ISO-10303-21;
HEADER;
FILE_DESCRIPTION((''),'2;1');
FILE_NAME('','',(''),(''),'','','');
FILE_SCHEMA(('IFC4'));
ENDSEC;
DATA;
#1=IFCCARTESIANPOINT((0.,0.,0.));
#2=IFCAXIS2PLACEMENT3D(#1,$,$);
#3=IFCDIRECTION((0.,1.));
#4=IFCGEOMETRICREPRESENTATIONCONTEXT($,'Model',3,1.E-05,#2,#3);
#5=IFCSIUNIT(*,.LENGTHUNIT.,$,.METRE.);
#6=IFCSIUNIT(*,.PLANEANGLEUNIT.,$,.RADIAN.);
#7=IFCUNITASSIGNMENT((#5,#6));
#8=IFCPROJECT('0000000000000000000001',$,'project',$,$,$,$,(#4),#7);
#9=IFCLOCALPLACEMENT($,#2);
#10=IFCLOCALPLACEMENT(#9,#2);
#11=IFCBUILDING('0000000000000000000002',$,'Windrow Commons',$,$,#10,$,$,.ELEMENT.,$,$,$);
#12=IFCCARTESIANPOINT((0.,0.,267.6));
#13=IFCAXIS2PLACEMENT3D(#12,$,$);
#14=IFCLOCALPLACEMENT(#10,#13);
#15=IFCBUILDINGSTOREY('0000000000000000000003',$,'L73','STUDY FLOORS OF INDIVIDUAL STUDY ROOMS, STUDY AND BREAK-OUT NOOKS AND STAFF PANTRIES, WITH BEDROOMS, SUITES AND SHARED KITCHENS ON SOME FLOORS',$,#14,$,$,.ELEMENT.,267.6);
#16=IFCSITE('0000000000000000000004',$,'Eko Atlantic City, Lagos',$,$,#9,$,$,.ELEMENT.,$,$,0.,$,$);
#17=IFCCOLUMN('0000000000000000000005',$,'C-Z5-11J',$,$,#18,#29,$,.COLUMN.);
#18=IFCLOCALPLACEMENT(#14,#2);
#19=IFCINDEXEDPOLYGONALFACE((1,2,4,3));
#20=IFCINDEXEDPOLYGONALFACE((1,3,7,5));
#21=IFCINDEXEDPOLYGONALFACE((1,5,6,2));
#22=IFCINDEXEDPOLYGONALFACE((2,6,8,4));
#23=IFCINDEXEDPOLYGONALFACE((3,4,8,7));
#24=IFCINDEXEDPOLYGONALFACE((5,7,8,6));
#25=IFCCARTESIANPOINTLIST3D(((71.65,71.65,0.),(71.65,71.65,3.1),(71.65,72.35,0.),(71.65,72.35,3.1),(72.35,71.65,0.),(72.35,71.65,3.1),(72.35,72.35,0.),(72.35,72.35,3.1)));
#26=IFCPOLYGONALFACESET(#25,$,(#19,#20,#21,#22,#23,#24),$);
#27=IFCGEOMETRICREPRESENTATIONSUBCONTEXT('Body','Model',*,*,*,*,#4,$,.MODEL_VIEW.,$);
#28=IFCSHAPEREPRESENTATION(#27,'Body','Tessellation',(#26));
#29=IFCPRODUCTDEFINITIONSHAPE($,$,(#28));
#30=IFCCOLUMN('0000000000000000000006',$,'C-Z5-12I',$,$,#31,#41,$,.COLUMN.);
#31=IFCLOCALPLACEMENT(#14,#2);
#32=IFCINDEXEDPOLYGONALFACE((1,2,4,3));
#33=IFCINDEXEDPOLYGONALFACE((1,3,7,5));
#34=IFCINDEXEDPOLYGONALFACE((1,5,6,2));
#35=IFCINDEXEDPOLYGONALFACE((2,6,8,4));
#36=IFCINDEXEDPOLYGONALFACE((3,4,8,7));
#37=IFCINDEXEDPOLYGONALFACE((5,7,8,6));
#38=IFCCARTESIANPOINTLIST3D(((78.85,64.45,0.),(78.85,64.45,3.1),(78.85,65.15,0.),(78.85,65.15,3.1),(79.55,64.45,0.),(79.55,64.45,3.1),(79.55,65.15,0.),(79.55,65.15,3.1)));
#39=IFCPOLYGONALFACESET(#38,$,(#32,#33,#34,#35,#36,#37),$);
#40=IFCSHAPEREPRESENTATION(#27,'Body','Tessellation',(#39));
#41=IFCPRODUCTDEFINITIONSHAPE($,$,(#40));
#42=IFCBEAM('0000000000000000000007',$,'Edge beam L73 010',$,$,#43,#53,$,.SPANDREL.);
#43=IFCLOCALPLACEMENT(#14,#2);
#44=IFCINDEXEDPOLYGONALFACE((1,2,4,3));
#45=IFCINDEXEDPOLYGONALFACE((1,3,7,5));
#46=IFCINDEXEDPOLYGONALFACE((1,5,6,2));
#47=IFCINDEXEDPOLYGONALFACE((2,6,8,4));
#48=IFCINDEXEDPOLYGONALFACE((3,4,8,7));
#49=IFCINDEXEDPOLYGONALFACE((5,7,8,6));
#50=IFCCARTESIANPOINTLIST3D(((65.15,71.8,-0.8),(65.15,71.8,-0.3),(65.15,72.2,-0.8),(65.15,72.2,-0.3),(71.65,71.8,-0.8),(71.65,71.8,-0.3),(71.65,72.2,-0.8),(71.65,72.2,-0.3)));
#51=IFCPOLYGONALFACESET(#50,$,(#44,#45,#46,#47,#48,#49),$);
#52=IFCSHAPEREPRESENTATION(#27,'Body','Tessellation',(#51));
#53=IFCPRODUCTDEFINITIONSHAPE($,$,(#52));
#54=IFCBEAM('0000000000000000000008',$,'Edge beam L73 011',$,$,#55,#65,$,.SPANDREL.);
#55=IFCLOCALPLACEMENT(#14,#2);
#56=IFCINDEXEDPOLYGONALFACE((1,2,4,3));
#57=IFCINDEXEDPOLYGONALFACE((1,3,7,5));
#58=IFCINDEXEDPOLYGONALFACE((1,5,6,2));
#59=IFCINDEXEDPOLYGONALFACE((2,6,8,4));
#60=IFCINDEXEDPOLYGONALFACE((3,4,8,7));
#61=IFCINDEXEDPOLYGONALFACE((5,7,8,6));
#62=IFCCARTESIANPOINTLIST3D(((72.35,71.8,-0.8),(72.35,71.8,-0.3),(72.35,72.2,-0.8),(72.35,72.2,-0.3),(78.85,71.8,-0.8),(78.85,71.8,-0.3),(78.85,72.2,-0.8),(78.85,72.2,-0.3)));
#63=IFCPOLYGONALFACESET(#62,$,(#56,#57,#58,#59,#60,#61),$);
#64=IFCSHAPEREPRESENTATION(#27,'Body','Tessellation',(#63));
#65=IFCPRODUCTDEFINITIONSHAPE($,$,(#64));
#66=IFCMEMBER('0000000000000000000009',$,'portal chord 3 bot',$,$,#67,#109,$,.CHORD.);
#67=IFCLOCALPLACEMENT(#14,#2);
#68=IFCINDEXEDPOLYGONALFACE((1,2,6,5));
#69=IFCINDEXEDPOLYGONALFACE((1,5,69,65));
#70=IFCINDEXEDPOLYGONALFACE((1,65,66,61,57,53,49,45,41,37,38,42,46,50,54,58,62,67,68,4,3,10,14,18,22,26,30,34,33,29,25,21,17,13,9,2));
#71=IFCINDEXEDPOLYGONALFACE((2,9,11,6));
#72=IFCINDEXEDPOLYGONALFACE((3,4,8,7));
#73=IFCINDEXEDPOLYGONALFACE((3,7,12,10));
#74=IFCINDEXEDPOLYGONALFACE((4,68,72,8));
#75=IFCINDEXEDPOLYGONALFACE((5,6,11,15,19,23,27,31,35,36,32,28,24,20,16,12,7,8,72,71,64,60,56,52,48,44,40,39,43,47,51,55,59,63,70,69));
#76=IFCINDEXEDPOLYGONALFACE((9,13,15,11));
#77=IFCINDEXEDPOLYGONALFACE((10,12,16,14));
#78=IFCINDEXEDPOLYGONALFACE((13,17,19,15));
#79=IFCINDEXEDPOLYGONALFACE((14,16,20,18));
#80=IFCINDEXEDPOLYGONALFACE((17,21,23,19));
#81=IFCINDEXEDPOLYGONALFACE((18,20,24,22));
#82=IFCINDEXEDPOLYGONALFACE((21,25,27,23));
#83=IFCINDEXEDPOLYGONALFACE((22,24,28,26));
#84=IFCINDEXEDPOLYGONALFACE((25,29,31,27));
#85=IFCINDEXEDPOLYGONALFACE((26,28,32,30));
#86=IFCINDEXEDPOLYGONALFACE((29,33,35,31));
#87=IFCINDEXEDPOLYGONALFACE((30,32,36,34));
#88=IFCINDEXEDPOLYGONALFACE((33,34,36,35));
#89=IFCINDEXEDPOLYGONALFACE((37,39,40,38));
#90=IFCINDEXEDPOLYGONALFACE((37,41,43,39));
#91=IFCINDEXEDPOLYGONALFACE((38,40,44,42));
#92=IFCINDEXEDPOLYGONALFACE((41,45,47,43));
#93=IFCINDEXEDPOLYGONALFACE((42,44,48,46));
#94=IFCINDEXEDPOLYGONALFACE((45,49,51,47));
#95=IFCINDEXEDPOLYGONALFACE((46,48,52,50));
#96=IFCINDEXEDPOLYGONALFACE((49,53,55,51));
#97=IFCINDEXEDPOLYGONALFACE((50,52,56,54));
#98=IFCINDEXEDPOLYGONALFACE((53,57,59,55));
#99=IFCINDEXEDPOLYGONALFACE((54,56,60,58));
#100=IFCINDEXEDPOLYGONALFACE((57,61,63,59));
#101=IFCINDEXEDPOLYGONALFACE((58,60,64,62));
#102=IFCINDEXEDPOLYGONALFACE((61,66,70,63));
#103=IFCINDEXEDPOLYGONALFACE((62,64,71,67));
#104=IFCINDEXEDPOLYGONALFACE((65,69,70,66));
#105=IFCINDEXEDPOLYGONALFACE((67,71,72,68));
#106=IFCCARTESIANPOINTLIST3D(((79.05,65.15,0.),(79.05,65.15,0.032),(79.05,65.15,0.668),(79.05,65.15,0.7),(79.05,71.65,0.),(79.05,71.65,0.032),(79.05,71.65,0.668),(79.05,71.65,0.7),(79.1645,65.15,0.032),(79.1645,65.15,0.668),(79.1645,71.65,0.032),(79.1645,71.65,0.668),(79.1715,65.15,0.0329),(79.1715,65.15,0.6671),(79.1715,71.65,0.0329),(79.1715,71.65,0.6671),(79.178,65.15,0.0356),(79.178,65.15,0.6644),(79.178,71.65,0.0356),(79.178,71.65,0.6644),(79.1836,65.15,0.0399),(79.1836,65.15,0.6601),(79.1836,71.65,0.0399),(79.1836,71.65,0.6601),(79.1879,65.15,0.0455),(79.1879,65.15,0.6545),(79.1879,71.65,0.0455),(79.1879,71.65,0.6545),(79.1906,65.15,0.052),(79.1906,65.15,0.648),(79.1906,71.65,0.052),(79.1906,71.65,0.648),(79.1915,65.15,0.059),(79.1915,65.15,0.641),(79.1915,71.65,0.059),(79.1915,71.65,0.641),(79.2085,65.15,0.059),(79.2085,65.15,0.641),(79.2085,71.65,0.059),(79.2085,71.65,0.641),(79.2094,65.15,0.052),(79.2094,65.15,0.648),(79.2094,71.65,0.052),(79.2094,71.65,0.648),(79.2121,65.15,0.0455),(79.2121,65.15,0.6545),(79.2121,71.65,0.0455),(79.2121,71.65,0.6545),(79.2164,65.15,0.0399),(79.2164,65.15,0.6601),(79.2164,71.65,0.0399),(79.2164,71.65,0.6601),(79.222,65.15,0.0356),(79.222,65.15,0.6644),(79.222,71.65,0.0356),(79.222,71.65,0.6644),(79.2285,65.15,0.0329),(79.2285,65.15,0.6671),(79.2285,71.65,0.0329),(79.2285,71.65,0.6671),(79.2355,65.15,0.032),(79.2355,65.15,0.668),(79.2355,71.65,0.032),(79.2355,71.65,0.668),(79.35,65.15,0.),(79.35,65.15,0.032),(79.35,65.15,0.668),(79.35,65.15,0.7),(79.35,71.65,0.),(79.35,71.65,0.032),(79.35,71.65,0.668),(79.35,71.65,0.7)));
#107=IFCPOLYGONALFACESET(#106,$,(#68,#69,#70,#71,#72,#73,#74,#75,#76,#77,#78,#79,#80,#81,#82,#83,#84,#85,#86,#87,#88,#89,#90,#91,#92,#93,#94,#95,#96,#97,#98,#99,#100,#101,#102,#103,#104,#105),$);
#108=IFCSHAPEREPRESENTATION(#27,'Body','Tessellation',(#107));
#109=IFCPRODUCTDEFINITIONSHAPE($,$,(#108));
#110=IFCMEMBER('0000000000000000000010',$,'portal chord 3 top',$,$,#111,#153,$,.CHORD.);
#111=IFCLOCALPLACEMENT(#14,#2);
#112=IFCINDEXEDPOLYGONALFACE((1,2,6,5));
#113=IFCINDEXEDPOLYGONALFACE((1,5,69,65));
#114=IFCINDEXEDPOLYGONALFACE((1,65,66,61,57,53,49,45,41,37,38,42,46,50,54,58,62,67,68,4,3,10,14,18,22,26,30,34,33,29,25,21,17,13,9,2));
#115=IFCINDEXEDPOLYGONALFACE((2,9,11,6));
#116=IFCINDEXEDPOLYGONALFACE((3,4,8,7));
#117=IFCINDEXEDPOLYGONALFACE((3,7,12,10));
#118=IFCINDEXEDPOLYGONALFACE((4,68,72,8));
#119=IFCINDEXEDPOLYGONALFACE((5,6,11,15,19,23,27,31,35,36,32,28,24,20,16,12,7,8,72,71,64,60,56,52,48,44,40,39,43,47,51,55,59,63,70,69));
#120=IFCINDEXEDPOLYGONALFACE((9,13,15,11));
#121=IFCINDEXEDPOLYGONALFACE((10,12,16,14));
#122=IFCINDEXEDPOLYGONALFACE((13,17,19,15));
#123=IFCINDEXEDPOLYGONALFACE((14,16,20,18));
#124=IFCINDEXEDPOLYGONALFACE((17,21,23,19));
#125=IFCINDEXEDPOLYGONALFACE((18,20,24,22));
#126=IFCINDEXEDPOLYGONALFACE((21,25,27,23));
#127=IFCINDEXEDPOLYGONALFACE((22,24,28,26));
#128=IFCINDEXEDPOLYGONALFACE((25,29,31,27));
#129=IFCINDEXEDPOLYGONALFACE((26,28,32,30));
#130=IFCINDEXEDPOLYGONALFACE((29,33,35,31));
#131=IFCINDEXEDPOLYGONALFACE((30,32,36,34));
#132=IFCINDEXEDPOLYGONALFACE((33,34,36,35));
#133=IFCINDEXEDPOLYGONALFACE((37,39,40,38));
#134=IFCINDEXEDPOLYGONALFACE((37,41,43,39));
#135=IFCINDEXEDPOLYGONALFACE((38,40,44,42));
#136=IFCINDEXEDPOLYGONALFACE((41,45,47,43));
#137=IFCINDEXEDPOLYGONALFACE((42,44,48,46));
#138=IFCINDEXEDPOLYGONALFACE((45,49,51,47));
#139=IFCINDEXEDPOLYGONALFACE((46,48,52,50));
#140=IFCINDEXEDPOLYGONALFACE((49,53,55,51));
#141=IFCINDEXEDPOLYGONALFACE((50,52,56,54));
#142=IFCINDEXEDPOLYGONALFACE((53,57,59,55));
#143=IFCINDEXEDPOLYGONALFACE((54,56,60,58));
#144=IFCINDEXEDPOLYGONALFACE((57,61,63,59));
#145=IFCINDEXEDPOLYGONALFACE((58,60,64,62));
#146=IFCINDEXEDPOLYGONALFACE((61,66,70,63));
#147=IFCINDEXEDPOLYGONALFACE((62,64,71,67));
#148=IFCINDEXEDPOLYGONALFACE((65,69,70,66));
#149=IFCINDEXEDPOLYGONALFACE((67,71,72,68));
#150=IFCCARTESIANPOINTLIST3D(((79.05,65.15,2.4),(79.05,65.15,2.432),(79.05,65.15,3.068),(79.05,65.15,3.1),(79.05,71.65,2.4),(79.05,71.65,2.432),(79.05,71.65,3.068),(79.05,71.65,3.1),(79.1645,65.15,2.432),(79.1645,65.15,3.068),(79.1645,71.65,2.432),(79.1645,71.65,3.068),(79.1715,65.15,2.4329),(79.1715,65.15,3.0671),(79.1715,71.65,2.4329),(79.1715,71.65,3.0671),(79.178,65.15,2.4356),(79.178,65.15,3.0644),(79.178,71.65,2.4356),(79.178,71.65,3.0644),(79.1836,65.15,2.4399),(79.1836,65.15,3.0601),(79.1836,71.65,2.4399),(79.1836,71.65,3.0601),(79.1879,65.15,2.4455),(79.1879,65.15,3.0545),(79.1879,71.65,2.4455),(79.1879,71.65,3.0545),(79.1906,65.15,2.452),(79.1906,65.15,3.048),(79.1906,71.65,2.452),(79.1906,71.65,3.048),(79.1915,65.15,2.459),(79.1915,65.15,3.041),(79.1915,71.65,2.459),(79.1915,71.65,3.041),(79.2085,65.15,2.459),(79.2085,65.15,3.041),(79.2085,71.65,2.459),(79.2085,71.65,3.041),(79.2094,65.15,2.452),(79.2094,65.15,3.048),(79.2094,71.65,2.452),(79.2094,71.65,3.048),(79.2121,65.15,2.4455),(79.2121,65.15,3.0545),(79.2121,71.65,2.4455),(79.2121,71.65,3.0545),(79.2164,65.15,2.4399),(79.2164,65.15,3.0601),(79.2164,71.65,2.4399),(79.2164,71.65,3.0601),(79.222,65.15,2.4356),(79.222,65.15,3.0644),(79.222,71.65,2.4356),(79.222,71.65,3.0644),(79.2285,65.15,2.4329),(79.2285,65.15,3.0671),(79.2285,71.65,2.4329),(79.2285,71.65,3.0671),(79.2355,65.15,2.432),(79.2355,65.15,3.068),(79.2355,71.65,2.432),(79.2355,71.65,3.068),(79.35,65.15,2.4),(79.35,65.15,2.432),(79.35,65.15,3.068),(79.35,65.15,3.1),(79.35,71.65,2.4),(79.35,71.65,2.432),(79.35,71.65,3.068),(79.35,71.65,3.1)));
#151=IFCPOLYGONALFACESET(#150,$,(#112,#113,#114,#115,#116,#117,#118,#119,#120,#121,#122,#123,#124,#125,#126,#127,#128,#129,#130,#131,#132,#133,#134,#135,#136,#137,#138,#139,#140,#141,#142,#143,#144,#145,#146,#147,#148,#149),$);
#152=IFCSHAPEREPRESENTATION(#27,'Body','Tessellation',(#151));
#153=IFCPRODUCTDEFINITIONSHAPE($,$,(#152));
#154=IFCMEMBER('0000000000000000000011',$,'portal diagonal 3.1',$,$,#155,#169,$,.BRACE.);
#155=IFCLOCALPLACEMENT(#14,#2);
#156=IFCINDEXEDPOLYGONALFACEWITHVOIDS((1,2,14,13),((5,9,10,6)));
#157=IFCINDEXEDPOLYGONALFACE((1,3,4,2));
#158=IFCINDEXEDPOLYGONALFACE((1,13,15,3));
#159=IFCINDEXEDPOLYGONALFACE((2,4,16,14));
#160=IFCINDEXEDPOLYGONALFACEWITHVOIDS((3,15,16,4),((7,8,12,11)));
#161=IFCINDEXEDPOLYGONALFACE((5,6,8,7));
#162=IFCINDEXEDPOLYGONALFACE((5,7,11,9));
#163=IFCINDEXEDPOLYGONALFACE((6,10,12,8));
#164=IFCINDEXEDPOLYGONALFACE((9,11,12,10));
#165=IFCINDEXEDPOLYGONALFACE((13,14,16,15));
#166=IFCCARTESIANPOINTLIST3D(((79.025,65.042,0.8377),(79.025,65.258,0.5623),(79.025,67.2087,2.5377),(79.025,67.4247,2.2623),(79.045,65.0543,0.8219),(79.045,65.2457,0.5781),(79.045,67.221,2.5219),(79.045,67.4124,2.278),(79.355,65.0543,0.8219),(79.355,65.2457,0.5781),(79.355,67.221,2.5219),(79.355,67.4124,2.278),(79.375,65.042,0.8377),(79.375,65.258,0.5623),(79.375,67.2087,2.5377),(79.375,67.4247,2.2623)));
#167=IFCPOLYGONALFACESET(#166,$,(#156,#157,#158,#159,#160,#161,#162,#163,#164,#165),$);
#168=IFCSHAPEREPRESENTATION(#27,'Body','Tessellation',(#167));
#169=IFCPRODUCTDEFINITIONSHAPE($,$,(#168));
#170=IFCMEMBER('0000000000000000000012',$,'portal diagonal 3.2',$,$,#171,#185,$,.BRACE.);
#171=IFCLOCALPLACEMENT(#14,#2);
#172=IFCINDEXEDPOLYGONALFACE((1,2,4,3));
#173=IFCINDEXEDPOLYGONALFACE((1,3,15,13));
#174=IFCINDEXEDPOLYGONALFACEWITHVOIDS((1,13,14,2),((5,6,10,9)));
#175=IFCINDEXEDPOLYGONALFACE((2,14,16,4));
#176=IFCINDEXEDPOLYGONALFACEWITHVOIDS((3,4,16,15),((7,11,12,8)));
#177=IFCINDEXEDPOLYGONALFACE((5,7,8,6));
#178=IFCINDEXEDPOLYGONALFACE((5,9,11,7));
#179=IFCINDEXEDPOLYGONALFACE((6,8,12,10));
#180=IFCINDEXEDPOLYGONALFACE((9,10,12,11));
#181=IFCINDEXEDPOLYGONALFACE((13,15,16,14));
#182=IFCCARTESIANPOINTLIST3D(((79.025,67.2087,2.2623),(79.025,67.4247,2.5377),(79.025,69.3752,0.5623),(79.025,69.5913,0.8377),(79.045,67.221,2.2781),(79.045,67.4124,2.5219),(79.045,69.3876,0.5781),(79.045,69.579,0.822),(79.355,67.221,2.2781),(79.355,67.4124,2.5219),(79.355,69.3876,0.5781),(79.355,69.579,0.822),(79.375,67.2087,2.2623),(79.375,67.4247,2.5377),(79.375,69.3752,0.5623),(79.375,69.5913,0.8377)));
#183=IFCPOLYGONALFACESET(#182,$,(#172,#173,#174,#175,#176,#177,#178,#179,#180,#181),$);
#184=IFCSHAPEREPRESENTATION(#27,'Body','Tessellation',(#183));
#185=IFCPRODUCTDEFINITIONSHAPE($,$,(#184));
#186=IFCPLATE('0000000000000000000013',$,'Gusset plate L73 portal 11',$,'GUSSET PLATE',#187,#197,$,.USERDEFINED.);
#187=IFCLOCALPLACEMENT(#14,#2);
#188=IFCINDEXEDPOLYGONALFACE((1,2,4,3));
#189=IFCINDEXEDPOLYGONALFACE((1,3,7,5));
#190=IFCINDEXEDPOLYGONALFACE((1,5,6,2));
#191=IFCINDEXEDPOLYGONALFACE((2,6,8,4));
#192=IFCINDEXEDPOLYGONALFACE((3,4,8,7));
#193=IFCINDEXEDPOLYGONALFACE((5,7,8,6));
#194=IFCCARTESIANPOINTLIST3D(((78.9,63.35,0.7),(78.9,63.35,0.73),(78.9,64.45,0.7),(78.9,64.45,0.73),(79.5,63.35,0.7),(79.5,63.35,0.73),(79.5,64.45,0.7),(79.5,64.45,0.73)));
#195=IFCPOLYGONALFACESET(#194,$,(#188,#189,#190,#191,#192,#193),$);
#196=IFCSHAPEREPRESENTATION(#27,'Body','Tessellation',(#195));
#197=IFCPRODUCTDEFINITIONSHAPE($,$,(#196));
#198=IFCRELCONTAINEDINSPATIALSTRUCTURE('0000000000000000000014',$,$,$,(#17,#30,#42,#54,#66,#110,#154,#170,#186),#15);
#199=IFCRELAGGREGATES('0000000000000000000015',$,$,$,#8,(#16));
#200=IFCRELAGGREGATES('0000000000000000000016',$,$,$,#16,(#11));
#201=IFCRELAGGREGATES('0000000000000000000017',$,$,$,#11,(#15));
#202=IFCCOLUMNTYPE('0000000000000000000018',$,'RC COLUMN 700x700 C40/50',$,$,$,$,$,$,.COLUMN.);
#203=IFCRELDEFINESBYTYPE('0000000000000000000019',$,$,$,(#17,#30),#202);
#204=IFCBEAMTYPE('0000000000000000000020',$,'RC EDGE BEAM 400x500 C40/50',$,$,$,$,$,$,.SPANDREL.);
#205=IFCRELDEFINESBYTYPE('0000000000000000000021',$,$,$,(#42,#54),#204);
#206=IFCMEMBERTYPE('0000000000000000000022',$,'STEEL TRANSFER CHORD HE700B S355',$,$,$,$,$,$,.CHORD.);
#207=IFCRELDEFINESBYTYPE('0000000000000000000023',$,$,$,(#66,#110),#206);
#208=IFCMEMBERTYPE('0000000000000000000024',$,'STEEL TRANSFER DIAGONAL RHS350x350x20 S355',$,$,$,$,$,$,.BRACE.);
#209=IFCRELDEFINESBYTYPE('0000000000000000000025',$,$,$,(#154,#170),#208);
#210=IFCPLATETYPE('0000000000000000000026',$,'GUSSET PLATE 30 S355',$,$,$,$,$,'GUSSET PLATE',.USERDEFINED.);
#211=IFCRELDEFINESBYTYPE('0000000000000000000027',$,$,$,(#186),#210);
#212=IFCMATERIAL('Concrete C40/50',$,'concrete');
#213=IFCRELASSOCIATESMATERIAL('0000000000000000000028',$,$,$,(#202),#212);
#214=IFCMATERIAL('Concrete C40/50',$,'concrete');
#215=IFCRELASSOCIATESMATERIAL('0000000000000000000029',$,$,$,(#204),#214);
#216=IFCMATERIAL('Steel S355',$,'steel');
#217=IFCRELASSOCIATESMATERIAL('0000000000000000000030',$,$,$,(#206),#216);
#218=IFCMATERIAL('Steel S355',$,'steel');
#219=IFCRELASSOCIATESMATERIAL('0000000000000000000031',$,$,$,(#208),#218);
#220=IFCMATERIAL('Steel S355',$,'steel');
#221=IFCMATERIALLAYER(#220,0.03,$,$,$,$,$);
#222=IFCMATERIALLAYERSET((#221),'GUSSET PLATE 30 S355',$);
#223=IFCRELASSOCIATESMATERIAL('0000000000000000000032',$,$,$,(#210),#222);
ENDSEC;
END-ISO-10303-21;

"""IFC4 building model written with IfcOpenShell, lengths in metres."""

from ifc_helpers import new_model, si_unit, direction, frame, origin, origin_2d, place, context, subcontext, project, spatial, rectangle, hollow_rectangle, i_section, extrude, material, layer, layer_set, material_profile, profile_set, type_object, element, save


model = new_model("IFC4")

# Units and contexts
model_context = context("Model", 3, precision=1e-05, world=origin(), true_north=direction((0.0, 1.0)))
body_context = subcontext(model_context, "Body", "Model", "MODEL_VIEW")
ifc_project = project(units=[si_unit("LENGTHUNIT", "METRE"), si_unit("PLANEANGLEUNIT", "RADIAN")], contexts=[model_context])

# Site, building, storey
site_placement = place(None, origin())
site = spatial("IfcSite", under=ifc_project, at=site_placement, Name="Eko Atlantic City, Lagos", CompositionType="ELEMENT", RefElevation=0.0)
building_placement = place(site_placement, origin())
building = spatial("IfcBuilding", under=site, at=building_placement, Name="Windrow Commons", CompositionType="ELEMENT")
storey_placement = place(building_placement, frame((0.0, 0.0, 267.6)))
storey = spatial("IfcBuildingStorey", under=building, at=storey_placement, Name="L73", Description="STUDY FLOORS OF INDIVIDUAL STUDY ROOMS, STUDY AND BREAK-OUT NOOKS AND STAFF PANTRIES, WITH BEDROOMS, SUITES AND SHARED KITCHENS ON SOME FLOORS", CompositionType="ELEMENT", Elevation=267.6)

# Columns
ifc_material_1 = material(Name="Concrete C40/50", Category="concrete")
ifc_material_profile_1 = material_profile(ifc_material_1, rectangle(XDim=0.7, YDim=0.7, at=origin_2d()))
ifc_profile_set_1 = profile_set([ifc_material_profile_1], Name="Concrete C40/50")
column_type = type_object("IfcColumnType", Name="RC COLUMN 700x700 C40/50", PredefinedType="COLUMN", material=ifc_profile_set_1)
for number, where, z_axis, x_axis, name in (
    (1, (72.0, 72.0, 0.0), (0.0, 0.0, 1.0), (1.0, 0.0, 0.0), "C-Z5-11J"),
    (2, (79.2, 64.8, 0.0), (0.0, 0.0, 1.0), (1.0, 0.0, 0.0), "C-Z5-12I"),
):
    element("IfcColumn", number, at=place(storey_placement, frame(where, z_axis=z_axis, x_axis=x_axis)), inside=storey, type_object=column_type, Name=name, PredefinedType="COLUMN", context=body_context, shape_type="SweptSolid", body=[
        extrude(rectangle(XDim=0.7, YDim=0.7, at=origin_2d()), origin(), (0.0, 0.0, 1.0), 3.1),
    ])

# Beams
ifc_material_2 = material(Name="Concrete C40/50", Category="concrete")
ifc_material_profile_2 = material_profile(ifc_material_2, rectangle(XDim=0.4, YDim=0.5, at=origin_2d()))
ifc_profile_set_2 = profile_set([ifc_material_profile_2], Name="Concrete C40/50")
beam_type = type_object("IfcBeamType", Name="RC EDGE BEAM 400x500 C40/50", PredefinedType="SPANDREL", material=ifc_profile_set_2)
for number, where, z_axis, x_axis, name in (
    (3, (65.15, 72.0, -0.55), (1.0, 0.0, 0.0), (0.0, 1.0, 0.0), "Edge beam L73 010"),
    (4, (72.35, 72.0, -0.55), (1.0, 0.0, 0.0), (0.0, 1.0, 0.0), "Edge beam L73 011"),
):
    element("IfcBeam", number, at=place(storey_placement, frame(where, z_axis=z_axis, x_axis=x_axis)), inside=storey, type_object=beam_type, Name=name, PredefinedType="SPANDREL", context=body_context, shape_type="SweptSolid", body=[
        extrude(rectangle(XDim=0.4, YDim=0.5, at=origin_2d()), origin(), (0.0, 0.0, 1.0), 6.5),
    ])

# Members
ifc_material_3 = material(Name="Steel S355", Category="steel")
ifc_material_profile_3 = material_profile(ifc_material_3, i_section(OverallWidth=0.3, OverallDepth=0.7, WebThickness=0.017, FlangeThickness=0.032, FilletRadius=0.027, at=origin_2d()))
ifc_profile_set_3 = profile_set([ifc_material_profile_3], Name="Steel S355")
member_type_1 = type_object("IfcMemberType", Name="STEEL TRANSFER CHORD HE700B S355", PredefinedType="CHORD", material=ifc_profile_set_3)
for number, where, z_axis, x_axis, name in (
    (5, (79.2, 65.15, 0.35), (0.0, 1.0, 0.0), (-1.0, 0.0, 0.0), "portal chord 3 bot"),
    (6, (79.2, 65.15, 2.75), (0.0, 1.0, 0.0), (-1.0, 0.0, 0.0), "portal chord 3 top"),
):
    element("IfcMember", number, at=place(storey_placement, frame(where, z_axis=z_axis, x_axis=x_axis)), inside=storey, type_object=member_type_1, Name=name, PredefinedType="CHORD", context=body_context, shape_type="SweptSolid", body=[
        extrude(i_section(OverallWidth=0.3, OverallDepth=0.7, WebThickness=0.017, FlangeThickness=0.032, FilletRadius=0.027, at=origin_2d()), origin(), (0.0, 0.0, 1.0), 6.5),
    ])
ifc_material_4 = material(Name="Steel S355", Category="steel")
ifc_material_profile_4 = material_profile(ifc_material_4, hollow_rectangle(XDim=0.35, YDim=0.35, WallThickness=0.02, at=origin_2d()))
ifc_profile_set_4 = profile_set([ifc_material_profile_4], Name="Steel S355")
member_type_2 = type_object("IfcMemberType", Name="STEEL TRANSFER DIAGONAL RHS350x350x20 S355", PredefinedType="BRACE", material=ifc_profile_set_4)
member_1_placement = place(storey_placement, frame((79.2, 65.15, 0.7), z_axis=(0.0, 0.786743, 0.617281), x_axis=(-1.0, 0.0, 0.0)))
element("IfcMember", 7, at=member_1_placement, inside=storey, type_object=member_type_2, Name="portal diagonal 3.1", PredefinedType="BRACE", context=body_context, shape_type="SweptSolid", body=[
    extrude(hollow_rectangle(XDim=0.35, YDim=0.35, WallThickness=0.02, at=origin_2d()), origin(), (0.0, 0.0, 1.0), 2.754),
])
member_2_placement = place(storey_placement, frame((79.2, 67.3167, 2.4), z_axis=(0.0, 0.786729, -0.617299), x_axis=(-1.0, 0.0, 0.0)))
element("IfcMember", 8, at=member_2_placement, inside=storey, type_object=member_type_2, Name="portal diagonal 3.2", PredefinedType="BRACE", context=body_context, shape_type="SweptSolid", body=[
    extrude(hollow_rectangle(XDim=0.35, YDim=0.35, WallThickness=0.02, at=origin_2d()), origin(), (0.0, 0.0, 1.0), 2.7539),
])

# Plate
ifc_material_5 = material(Name="Steel S355", Category="steel")
ifc_layer_1 = layer(ifc_material_5, 0.03)
ifc_layer_set_1 = layer_set([ifc_layer_1], Name="GUSSET PLATE 30 S355")
plate_type = type_object("IfcPlateType", Name="GUSSET PLATE 30 S355", ElementType="GUSSET PLATE", PredefinedType="USERDEFINED", material=ifc_layer_set_1)
for number, where, z_axis, x_axis, name in (
    (9, (79.2, 63.9, 0.7), (0.0, 0.0, 1.0), (0.0, 1.0, 0.0), "Gusset plate L73 portal 11"),
):
    element("IfcPlate", number, at=place(storey_placement, frame(where, z_axis=z_axis, x_axis=x_axis)), inside=storey, type_object=plate_type, Name=name, ObjectType="GUSSET PLATE", PredefinedType="USERDEFINED", context=body_context, shape_type="SweptSolid", body=[
        extrude(rectangle(XDim=1.1, YDim=0.6, at=origin_2d()), origin(), (0.0, 0.0, 1.0), 0.03),
    ])

save(model, "model.ifc")
